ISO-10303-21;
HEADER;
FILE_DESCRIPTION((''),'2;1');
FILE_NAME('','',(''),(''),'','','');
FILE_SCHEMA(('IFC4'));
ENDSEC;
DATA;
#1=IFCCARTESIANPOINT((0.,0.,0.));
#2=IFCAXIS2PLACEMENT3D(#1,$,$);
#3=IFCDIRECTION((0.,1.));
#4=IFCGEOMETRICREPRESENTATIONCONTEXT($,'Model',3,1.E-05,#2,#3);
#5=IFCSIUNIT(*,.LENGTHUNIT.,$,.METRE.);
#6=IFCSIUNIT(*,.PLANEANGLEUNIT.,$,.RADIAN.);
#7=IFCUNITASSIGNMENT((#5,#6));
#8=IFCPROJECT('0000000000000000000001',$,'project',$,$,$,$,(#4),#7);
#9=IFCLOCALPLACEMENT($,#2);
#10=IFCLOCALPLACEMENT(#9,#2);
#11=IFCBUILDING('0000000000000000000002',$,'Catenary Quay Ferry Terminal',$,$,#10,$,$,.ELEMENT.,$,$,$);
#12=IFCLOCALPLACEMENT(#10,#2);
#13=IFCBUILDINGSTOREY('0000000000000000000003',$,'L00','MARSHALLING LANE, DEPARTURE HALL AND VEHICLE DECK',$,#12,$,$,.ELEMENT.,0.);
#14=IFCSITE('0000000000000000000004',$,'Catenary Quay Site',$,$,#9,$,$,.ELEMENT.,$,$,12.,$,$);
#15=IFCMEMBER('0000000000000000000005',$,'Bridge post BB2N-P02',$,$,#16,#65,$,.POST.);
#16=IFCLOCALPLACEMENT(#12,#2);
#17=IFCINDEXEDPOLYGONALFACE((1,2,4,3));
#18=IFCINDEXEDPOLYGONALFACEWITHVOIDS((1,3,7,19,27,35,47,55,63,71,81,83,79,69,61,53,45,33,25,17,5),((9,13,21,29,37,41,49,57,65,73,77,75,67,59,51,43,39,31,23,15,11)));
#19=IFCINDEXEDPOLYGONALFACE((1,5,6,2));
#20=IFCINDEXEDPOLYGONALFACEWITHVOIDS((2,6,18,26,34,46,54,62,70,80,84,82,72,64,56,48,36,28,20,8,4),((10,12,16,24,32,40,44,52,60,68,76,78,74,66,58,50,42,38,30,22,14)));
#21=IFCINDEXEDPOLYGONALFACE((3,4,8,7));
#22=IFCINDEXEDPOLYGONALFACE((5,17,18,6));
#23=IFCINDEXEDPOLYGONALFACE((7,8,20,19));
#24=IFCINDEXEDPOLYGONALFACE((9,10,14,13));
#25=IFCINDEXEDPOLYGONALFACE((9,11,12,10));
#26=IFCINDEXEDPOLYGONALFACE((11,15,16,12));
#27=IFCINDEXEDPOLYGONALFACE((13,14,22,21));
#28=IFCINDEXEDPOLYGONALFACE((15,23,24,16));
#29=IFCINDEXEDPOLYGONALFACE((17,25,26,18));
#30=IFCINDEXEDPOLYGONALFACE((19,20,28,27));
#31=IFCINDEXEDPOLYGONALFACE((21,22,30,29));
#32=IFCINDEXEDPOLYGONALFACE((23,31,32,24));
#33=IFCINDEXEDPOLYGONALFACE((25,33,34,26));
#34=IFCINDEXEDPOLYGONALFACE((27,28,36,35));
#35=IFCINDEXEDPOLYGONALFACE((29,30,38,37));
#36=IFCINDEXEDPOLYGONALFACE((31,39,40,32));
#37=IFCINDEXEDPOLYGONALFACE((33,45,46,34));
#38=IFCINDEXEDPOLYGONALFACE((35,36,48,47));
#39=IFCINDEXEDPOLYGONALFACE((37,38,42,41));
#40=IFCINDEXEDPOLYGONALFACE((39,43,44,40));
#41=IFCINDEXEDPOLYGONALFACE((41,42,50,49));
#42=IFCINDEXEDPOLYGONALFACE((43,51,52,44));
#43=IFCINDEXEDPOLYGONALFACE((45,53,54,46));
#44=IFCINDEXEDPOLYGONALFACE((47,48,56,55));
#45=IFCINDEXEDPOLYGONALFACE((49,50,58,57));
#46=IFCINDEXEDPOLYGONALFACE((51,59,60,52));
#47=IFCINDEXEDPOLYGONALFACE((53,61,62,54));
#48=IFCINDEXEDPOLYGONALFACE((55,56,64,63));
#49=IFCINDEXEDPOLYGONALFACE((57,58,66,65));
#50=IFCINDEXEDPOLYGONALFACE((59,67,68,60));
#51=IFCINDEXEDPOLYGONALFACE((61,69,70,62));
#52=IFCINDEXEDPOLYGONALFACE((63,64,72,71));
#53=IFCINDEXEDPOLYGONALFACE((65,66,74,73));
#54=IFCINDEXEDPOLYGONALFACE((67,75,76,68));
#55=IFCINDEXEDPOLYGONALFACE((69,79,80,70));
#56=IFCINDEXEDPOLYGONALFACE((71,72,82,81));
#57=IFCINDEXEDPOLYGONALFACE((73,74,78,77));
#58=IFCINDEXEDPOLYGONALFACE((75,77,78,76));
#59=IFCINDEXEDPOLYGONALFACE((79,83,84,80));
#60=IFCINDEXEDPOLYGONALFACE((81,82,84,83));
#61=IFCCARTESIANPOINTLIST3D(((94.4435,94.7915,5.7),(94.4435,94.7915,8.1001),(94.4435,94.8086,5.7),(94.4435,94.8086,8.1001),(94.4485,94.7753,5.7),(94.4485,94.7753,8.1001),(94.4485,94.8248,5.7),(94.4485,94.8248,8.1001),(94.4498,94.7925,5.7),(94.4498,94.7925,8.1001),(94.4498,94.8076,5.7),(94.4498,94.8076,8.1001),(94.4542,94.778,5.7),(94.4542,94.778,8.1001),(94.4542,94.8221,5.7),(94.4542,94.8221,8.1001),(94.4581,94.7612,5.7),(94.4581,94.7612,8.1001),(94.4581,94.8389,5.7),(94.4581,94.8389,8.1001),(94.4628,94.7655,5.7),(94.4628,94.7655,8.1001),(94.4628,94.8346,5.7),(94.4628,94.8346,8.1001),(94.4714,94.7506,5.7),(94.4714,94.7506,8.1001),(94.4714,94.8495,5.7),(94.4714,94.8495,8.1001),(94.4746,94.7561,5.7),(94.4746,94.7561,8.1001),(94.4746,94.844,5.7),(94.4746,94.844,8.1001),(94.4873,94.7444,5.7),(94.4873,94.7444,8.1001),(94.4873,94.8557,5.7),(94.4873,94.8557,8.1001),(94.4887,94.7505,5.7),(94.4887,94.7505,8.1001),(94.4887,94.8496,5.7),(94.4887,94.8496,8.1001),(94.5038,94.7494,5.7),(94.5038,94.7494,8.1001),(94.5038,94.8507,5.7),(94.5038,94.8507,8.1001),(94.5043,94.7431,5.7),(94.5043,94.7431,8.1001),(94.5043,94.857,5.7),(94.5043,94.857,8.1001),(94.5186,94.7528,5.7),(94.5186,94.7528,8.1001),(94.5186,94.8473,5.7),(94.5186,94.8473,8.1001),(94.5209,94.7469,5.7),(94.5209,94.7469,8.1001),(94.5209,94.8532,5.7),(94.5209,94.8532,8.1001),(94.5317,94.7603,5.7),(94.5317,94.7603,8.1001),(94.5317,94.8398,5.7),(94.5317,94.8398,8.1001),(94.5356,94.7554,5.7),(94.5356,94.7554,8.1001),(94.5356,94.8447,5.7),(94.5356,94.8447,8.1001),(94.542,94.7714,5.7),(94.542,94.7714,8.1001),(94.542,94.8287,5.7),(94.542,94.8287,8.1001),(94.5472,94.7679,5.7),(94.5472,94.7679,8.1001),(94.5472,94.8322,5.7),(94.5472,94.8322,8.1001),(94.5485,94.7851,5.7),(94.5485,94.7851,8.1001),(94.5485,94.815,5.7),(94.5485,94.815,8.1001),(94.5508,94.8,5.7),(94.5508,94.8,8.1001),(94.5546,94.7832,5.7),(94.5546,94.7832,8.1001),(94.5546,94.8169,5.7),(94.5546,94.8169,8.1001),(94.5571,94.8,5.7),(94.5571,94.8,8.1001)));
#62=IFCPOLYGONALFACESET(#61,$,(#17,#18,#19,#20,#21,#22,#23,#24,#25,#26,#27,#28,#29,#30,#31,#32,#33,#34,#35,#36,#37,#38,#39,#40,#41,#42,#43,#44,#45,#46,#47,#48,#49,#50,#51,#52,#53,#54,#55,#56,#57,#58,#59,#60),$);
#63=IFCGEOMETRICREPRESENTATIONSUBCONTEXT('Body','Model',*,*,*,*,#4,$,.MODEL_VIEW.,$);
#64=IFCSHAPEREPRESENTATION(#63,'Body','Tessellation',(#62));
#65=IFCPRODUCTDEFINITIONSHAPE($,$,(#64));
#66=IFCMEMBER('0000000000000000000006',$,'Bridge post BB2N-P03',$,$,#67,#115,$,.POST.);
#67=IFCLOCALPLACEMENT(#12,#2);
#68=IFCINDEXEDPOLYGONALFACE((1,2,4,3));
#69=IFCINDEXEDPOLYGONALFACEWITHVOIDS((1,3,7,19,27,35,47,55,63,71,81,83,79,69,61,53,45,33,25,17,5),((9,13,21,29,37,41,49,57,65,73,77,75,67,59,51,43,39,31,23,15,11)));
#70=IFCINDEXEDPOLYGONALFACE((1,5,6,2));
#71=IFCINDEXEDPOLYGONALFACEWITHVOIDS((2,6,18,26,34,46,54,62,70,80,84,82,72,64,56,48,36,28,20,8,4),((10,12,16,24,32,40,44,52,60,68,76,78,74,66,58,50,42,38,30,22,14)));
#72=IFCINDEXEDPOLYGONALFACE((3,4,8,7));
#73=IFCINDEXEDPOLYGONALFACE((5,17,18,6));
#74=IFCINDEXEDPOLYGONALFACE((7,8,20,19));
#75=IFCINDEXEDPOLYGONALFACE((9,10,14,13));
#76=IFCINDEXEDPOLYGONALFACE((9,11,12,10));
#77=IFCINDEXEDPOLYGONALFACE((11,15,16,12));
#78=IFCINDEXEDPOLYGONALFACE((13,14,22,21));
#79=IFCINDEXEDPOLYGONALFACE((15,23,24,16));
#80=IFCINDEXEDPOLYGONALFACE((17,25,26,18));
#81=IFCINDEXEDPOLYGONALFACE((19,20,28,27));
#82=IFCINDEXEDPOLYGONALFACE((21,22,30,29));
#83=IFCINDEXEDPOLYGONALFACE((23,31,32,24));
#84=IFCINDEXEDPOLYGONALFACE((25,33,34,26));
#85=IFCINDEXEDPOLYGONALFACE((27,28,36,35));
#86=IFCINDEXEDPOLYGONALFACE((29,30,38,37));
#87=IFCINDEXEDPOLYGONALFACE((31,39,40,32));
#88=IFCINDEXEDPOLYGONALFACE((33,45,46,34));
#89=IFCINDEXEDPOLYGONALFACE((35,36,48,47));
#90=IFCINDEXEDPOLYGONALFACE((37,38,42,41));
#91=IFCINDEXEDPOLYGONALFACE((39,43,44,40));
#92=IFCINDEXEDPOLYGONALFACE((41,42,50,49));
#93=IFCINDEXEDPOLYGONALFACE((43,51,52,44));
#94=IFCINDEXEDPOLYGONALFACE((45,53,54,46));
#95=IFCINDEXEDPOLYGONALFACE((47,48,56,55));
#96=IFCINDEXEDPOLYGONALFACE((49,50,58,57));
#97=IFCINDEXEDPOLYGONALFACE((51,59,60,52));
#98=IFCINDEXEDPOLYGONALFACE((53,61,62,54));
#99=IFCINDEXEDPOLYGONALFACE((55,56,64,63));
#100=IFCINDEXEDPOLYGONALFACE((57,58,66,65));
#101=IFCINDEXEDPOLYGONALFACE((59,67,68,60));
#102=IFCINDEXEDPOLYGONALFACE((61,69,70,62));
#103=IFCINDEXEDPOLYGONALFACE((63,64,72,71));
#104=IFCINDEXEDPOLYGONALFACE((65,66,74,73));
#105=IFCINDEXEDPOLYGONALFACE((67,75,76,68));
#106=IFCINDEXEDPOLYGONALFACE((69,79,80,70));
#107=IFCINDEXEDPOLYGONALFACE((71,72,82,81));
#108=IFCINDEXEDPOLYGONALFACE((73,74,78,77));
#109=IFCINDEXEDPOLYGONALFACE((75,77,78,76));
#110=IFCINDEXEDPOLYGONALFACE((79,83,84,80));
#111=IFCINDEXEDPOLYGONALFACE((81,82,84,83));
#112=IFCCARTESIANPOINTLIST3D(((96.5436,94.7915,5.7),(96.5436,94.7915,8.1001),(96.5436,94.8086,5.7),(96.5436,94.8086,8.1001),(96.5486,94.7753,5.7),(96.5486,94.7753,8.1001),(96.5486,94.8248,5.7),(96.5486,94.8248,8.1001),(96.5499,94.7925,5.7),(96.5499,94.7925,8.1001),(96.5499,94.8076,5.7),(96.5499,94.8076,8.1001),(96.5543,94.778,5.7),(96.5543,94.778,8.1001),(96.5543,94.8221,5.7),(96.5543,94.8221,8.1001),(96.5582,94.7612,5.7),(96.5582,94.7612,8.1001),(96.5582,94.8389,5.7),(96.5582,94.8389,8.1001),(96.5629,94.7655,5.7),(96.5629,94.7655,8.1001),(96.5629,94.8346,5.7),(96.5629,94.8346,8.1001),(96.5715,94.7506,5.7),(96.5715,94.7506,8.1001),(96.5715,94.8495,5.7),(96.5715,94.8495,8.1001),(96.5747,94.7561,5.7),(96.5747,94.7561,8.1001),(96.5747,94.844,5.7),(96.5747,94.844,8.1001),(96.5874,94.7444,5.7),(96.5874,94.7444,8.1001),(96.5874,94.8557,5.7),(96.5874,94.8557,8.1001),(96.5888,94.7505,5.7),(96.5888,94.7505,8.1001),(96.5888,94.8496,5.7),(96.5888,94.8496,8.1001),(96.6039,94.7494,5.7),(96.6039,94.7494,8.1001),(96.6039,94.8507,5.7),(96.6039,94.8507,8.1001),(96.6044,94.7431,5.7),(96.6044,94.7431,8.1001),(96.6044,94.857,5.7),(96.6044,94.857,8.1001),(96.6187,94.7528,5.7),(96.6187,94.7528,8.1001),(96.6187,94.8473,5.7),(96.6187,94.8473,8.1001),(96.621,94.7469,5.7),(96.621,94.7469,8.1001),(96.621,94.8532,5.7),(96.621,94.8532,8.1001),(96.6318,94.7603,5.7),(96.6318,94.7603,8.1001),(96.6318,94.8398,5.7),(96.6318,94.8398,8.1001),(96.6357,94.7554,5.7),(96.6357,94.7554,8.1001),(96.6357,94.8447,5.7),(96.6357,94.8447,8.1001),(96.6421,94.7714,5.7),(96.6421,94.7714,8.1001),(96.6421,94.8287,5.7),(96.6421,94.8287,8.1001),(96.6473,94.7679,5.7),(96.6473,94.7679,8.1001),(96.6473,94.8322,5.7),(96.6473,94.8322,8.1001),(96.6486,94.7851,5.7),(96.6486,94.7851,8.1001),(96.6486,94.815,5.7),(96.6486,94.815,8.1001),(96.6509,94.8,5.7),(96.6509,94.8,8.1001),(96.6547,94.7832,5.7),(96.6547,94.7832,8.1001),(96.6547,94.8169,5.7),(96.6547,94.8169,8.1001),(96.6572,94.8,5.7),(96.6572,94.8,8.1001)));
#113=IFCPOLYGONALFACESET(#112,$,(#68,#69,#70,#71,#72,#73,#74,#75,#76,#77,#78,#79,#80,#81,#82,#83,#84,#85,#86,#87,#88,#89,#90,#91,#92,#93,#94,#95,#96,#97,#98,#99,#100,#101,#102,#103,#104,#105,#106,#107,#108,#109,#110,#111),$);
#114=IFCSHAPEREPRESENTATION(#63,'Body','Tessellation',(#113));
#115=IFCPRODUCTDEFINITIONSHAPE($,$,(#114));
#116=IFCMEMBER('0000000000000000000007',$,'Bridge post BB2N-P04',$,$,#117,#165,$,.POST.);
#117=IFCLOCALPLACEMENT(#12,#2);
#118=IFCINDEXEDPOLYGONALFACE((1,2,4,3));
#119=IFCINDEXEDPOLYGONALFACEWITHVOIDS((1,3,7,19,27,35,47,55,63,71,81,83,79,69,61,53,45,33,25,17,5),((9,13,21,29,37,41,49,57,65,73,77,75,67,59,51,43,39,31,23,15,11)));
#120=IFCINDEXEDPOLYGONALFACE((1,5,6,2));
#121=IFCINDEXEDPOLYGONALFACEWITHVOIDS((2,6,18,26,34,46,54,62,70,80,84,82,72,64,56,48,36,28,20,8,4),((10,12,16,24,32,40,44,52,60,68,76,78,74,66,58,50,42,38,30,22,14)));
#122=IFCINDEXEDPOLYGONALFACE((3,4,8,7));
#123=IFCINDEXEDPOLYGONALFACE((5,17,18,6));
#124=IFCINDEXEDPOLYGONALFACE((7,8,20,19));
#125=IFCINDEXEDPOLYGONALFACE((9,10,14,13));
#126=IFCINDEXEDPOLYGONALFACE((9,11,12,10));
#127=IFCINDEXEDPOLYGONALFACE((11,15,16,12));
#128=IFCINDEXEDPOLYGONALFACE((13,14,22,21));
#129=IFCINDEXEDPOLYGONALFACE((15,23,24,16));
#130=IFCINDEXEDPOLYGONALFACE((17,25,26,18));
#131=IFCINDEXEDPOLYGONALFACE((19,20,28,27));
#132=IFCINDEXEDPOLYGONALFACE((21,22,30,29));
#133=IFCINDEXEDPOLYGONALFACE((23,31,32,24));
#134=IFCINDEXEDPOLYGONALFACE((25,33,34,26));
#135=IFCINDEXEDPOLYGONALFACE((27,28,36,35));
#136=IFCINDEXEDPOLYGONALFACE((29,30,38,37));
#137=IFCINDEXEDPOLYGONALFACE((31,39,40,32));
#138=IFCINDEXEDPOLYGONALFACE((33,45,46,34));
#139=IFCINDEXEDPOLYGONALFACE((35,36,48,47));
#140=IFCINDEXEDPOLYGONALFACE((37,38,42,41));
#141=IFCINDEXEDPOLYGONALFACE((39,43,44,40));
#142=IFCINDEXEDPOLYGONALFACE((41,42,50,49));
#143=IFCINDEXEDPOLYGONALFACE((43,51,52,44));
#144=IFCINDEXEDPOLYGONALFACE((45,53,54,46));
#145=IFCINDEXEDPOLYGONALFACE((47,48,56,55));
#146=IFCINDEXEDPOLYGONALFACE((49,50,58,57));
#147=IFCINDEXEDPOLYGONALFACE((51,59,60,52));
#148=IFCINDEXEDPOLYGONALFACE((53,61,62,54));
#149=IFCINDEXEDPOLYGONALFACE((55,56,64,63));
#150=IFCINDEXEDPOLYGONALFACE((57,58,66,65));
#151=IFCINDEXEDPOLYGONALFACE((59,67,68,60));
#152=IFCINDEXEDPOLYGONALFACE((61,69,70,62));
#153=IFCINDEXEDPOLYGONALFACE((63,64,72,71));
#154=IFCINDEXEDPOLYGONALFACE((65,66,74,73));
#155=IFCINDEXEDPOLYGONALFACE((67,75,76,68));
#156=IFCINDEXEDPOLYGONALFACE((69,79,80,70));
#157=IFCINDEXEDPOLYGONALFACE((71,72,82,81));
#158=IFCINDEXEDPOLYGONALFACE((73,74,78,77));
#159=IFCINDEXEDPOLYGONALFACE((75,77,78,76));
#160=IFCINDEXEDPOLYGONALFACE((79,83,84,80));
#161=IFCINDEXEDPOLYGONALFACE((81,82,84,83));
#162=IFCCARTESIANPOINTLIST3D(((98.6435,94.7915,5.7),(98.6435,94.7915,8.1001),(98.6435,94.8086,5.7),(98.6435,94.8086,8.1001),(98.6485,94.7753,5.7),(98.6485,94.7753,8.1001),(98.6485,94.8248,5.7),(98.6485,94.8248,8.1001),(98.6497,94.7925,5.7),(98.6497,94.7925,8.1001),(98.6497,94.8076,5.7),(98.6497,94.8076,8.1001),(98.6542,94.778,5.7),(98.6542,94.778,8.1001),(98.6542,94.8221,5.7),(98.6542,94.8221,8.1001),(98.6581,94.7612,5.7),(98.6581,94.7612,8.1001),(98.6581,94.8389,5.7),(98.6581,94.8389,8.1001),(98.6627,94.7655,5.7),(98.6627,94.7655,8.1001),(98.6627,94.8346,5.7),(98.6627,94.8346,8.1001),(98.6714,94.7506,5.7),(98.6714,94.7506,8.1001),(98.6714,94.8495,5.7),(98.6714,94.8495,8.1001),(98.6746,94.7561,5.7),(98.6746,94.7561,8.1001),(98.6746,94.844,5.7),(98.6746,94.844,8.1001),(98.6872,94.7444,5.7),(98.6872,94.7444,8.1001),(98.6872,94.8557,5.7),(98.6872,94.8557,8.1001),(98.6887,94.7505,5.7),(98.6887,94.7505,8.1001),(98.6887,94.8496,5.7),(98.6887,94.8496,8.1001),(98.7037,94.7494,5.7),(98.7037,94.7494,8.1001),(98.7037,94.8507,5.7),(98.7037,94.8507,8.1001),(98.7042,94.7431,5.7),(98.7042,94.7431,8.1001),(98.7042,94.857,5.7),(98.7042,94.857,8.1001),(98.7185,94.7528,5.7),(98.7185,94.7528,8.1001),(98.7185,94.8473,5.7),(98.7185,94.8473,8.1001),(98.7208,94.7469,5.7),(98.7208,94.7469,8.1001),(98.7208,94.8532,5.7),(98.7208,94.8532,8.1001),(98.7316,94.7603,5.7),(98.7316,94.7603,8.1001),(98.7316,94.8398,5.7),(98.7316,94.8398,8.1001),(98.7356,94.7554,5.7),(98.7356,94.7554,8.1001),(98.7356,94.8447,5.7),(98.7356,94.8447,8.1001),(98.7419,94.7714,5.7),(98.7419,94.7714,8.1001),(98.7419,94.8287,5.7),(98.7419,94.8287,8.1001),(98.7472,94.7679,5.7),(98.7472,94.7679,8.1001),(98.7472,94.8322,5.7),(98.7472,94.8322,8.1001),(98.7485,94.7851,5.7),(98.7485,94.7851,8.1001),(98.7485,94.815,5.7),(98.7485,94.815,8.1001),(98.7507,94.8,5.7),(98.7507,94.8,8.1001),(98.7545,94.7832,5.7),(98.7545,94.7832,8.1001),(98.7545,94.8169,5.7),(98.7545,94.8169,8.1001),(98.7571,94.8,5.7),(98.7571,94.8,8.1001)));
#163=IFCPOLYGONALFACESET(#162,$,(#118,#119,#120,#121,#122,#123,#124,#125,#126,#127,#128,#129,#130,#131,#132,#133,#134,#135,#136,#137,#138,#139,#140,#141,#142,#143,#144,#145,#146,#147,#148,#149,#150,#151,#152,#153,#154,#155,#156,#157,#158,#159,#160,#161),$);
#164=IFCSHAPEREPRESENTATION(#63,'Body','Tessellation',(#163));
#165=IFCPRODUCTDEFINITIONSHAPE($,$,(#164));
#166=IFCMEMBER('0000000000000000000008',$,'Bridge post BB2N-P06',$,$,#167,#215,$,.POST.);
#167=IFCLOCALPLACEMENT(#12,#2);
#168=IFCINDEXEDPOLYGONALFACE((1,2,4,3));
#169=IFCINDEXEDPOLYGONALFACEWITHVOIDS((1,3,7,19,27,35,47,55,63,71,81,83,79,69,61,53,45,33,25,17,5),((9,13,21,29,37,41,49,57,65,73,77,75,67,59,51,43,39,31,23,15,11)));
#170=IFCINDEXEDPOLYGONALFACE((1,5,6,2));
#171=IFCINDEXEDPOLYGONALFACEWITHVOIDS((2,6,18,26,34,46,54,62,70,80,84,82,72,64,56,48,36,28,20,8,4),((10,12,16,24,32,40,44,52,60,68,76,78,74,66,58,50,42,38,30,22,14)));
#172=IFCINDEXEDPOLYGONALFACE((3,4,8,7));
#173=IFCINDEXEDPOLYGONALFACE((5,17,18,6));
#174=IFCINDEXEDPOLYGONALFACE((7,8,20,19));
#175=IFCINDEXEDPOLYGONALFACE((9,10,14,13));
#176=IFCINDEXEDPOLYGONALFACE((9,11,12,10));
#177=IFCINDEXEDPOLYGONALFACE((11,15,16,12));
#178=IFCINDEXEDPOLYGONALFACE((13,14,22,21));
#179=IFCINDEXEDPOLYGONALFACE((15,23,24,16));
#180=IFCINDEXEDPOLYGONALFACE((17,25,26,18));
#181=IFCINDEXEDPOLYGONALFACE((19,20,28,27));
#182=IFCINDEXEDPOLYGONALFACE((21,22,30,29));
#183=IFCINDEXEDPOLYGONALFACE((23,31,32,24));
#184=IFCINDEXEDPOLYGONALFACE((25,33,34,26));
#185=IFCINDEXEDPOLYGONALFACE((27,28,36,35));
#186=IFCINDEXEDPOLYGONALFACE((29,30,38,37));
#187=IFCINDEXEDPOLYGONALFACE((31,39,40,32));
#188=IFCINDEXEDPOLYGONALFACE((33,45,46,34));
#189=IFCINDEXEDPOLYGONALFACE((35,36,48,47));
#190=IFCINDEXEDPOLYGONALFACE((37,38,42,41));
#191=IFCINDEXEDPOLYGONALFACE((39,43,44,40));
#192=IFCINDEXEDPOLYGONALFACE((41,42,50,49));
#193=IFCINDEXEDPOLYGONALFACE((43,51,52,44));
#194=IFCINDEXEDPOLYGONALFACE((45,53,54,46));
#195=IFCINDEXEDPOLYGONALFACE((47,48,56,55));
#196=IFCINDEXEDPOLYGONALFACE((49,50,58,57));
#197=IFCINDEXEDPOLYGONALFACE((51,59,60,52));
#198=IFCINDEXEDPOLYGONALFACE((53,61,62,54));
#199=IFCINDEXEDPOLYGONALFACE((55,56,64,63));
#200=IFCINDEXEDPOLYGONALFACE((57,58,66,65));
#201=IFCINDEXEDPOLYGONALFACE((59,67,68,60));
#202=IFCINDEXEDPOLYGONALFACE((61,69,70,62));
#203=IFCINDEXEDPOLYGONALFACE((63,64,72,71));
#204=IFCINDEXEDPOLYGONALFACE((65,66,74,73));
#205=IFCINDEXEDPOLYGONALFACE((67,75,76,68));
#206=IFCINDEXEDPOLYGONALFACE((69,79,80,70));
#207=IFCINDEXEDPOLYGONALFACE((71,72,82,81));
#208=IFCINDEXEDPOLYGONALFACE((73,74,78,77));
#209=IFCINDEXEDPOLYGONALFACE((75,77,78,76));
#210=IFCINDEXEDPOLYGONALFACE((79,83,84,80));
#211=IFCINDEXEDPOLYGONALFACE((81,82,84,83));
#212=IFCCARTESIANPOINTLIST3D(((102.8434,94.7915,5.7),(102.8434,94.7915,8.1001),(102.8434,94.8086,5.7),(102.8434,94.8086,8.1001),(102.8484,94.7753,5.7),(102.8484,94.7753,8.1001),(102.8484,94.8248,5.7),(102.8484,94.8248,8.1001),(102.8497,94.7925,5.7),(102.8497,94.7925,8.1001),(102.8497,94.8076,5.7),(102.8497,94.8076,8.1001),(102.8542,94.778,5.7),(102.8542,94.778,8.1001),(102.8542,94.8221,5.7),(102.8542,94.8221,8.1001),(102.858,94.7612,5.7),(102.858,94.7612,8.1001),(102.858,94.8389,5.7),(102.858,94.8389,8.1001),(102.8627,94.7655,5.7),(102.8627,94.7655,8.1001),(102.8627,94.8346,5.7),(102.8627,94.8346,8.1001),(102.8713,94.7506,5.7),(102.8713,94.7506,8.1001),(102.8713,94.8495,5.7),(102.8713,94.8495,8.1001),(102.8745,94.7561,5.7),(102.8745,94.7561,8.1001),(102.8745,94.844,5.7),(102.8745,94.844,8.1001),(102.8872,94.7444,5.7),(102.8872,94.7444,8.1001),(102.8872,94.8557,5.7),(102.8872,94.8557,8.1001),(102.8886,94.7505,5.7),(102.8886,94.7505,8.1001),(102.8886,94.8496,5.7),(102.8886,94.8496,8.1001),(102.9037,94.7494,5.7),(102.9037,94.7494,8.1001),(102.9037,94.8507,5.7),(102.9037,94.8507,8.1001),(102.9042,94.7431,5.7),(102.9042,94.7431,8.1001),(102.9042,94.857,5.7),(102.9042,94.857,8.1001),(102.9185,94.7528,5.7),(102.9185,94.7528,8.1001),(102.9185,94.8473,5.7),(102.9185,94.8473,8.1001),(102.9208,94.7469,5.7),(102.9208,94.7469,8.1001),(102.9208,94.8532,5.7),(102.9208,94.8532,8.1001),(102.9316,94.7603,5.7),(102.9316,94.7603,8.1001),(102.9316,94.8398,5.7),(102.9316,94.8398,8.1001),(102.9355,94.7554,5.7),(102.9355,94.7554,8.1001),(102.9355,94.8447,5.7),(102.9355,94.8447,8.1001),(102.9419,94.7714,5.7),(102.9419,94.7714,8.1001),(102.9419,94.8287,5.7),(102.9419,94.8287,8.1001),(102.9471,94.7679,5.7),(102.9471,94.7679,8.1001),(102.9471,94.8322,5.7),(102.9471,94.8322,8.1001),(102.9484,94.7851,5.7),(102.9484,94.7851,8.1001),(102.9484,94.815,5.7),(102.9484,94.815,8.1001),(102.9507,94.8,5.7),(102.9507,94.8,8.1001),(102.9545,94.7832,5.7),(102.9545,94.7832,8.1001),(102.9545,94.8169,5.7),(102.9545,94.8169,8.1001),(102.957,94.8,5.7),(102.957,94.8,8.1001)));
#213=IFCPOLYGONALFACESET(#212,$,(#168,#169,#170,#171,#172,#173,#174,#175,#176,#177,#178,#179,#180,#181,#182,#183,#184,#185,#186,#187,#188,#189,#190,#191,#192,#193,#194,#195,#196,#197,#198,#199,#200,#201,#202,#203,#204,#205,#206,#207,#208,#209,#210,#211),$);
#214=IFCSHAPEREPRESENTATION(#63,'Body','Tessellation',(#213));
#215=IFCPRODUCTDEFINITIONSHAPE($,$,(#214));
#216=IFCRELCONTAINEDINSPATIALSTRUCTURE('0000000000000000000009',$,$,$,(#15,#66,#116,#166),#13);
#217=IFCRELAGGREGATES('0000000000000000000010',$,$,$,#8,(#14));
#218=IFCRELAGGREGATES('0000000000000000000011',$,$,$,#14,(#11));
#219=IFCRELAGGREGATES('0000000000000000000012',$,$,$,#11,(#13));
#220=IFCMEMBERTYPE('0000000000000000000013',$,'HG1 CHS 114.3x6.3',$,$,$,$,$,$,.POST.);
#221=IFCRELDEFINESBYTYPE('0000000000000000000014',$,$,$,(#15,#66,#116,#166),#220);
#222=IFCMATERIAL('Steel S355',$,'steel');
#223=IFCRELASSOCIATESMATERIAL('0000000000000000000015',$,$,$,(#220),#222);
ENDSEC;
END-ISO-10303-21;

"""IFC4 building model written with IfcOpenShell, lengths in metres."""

from ifc_helpers import new_model, si_unit, direction, frame, origin, origin_2d, place, context, subcontext, project, spatial, hollow_circle, extrude, material, material_profile, profile_set, type_object, element, save


model = new_model("IFC4")

# Units and contexts
model_context = context("Model", 3, precision=1e-05, world=origin(), true_north=direction((0.0, 1.0)))
body_context = subcontext(model_context, "Body", "Model", "MODEL_VIEW")
ifc_project = project(units=[si_unit("LENGTHUNIT", "METRE"), si_unit("PLANEANGLEUNIT", "RADIAN")], contexts=[model_context])

# Site, building, storey
site_placement = place(None, origin())
site = spatial("IfcSite", under=ifc_project, at=site_placement, Name="Catenary Quay Site", CompositionType="ELEMENT", RefElevation=12.0)
building_placement = place(site_placement, origin())
building = spatial("IfcBuilding", under=site, at=building_placement, Name="Catenary Quay Ferry Terminal", CompositionType="ELEMENT")
storey_placement = place(building_placement, origin())
storey = spatial("IfcBuildingStorey", under=building, at=storey_placement, Name="L00", Description="MARSHALLING LANE, DEPARTURE HALL AND VEHICLE DECK", CompositionType="ELEMENT", Elevation=0.0)

# Members
ifc_material_1 = material(Name="Steel S355", Category="steel")
ifc_material_profile_1 = material_profile(ifc_material_1, hollow_circle(Radius=0.0571, WallThickness=0.0063, at=origin_2d()), Name="CHS 114.3x6.3")
ifc_profile_set_1 = profile_set([ifc_material_profile_1], Name="Steel S355")
member_type_1 = type_object("IfcMemberType", Name="HG1 CHS 114.3x6.3", PredefinedType="POST", material=ifc_profile_set_1)
for number, where, z_axis, x_axis, name in (
    (1, (94.5, 94.8, 5.7), (0.0, 0.0, 1.0), (1.0, 0.0, 0.0), "Bridge post BB2N-P02"),
    (2, (96.6001, 94.8, 5.7), (0.0, 0.0, 1.0), (1.0, 0.0, 0.0), "Bridge post BB2N-P03"),
    (3, (98.7, 94.8, 5.7), (0.0, 0.0, 1.0), (1.0, 0.0, 0.0), "Bridge post BB2N-P04"),
    (4, (102.8999, 94.8, 5.7), (0.0, 0.0, 1.0), (1.0, 0.0, 0.0), "Bridge post BB2N-P06"),
):
    element("IfcMember", number, at=place(storey_placement, frame(where, z_axis=z_axis, x_axis=x_axis)), inside=storey, type_object=member_type_1, Name=name, PredefinedType="POST", context=body_context, shape_type="SweptSolid", body=[
        extrude(hollow_circle(Radius=0.0571, WallThickness=0.0063, at=origin_2d()), origin(), (0.0, 0.0, 1.0), 2.4001),
    ])

save(model, "model.ifc")
